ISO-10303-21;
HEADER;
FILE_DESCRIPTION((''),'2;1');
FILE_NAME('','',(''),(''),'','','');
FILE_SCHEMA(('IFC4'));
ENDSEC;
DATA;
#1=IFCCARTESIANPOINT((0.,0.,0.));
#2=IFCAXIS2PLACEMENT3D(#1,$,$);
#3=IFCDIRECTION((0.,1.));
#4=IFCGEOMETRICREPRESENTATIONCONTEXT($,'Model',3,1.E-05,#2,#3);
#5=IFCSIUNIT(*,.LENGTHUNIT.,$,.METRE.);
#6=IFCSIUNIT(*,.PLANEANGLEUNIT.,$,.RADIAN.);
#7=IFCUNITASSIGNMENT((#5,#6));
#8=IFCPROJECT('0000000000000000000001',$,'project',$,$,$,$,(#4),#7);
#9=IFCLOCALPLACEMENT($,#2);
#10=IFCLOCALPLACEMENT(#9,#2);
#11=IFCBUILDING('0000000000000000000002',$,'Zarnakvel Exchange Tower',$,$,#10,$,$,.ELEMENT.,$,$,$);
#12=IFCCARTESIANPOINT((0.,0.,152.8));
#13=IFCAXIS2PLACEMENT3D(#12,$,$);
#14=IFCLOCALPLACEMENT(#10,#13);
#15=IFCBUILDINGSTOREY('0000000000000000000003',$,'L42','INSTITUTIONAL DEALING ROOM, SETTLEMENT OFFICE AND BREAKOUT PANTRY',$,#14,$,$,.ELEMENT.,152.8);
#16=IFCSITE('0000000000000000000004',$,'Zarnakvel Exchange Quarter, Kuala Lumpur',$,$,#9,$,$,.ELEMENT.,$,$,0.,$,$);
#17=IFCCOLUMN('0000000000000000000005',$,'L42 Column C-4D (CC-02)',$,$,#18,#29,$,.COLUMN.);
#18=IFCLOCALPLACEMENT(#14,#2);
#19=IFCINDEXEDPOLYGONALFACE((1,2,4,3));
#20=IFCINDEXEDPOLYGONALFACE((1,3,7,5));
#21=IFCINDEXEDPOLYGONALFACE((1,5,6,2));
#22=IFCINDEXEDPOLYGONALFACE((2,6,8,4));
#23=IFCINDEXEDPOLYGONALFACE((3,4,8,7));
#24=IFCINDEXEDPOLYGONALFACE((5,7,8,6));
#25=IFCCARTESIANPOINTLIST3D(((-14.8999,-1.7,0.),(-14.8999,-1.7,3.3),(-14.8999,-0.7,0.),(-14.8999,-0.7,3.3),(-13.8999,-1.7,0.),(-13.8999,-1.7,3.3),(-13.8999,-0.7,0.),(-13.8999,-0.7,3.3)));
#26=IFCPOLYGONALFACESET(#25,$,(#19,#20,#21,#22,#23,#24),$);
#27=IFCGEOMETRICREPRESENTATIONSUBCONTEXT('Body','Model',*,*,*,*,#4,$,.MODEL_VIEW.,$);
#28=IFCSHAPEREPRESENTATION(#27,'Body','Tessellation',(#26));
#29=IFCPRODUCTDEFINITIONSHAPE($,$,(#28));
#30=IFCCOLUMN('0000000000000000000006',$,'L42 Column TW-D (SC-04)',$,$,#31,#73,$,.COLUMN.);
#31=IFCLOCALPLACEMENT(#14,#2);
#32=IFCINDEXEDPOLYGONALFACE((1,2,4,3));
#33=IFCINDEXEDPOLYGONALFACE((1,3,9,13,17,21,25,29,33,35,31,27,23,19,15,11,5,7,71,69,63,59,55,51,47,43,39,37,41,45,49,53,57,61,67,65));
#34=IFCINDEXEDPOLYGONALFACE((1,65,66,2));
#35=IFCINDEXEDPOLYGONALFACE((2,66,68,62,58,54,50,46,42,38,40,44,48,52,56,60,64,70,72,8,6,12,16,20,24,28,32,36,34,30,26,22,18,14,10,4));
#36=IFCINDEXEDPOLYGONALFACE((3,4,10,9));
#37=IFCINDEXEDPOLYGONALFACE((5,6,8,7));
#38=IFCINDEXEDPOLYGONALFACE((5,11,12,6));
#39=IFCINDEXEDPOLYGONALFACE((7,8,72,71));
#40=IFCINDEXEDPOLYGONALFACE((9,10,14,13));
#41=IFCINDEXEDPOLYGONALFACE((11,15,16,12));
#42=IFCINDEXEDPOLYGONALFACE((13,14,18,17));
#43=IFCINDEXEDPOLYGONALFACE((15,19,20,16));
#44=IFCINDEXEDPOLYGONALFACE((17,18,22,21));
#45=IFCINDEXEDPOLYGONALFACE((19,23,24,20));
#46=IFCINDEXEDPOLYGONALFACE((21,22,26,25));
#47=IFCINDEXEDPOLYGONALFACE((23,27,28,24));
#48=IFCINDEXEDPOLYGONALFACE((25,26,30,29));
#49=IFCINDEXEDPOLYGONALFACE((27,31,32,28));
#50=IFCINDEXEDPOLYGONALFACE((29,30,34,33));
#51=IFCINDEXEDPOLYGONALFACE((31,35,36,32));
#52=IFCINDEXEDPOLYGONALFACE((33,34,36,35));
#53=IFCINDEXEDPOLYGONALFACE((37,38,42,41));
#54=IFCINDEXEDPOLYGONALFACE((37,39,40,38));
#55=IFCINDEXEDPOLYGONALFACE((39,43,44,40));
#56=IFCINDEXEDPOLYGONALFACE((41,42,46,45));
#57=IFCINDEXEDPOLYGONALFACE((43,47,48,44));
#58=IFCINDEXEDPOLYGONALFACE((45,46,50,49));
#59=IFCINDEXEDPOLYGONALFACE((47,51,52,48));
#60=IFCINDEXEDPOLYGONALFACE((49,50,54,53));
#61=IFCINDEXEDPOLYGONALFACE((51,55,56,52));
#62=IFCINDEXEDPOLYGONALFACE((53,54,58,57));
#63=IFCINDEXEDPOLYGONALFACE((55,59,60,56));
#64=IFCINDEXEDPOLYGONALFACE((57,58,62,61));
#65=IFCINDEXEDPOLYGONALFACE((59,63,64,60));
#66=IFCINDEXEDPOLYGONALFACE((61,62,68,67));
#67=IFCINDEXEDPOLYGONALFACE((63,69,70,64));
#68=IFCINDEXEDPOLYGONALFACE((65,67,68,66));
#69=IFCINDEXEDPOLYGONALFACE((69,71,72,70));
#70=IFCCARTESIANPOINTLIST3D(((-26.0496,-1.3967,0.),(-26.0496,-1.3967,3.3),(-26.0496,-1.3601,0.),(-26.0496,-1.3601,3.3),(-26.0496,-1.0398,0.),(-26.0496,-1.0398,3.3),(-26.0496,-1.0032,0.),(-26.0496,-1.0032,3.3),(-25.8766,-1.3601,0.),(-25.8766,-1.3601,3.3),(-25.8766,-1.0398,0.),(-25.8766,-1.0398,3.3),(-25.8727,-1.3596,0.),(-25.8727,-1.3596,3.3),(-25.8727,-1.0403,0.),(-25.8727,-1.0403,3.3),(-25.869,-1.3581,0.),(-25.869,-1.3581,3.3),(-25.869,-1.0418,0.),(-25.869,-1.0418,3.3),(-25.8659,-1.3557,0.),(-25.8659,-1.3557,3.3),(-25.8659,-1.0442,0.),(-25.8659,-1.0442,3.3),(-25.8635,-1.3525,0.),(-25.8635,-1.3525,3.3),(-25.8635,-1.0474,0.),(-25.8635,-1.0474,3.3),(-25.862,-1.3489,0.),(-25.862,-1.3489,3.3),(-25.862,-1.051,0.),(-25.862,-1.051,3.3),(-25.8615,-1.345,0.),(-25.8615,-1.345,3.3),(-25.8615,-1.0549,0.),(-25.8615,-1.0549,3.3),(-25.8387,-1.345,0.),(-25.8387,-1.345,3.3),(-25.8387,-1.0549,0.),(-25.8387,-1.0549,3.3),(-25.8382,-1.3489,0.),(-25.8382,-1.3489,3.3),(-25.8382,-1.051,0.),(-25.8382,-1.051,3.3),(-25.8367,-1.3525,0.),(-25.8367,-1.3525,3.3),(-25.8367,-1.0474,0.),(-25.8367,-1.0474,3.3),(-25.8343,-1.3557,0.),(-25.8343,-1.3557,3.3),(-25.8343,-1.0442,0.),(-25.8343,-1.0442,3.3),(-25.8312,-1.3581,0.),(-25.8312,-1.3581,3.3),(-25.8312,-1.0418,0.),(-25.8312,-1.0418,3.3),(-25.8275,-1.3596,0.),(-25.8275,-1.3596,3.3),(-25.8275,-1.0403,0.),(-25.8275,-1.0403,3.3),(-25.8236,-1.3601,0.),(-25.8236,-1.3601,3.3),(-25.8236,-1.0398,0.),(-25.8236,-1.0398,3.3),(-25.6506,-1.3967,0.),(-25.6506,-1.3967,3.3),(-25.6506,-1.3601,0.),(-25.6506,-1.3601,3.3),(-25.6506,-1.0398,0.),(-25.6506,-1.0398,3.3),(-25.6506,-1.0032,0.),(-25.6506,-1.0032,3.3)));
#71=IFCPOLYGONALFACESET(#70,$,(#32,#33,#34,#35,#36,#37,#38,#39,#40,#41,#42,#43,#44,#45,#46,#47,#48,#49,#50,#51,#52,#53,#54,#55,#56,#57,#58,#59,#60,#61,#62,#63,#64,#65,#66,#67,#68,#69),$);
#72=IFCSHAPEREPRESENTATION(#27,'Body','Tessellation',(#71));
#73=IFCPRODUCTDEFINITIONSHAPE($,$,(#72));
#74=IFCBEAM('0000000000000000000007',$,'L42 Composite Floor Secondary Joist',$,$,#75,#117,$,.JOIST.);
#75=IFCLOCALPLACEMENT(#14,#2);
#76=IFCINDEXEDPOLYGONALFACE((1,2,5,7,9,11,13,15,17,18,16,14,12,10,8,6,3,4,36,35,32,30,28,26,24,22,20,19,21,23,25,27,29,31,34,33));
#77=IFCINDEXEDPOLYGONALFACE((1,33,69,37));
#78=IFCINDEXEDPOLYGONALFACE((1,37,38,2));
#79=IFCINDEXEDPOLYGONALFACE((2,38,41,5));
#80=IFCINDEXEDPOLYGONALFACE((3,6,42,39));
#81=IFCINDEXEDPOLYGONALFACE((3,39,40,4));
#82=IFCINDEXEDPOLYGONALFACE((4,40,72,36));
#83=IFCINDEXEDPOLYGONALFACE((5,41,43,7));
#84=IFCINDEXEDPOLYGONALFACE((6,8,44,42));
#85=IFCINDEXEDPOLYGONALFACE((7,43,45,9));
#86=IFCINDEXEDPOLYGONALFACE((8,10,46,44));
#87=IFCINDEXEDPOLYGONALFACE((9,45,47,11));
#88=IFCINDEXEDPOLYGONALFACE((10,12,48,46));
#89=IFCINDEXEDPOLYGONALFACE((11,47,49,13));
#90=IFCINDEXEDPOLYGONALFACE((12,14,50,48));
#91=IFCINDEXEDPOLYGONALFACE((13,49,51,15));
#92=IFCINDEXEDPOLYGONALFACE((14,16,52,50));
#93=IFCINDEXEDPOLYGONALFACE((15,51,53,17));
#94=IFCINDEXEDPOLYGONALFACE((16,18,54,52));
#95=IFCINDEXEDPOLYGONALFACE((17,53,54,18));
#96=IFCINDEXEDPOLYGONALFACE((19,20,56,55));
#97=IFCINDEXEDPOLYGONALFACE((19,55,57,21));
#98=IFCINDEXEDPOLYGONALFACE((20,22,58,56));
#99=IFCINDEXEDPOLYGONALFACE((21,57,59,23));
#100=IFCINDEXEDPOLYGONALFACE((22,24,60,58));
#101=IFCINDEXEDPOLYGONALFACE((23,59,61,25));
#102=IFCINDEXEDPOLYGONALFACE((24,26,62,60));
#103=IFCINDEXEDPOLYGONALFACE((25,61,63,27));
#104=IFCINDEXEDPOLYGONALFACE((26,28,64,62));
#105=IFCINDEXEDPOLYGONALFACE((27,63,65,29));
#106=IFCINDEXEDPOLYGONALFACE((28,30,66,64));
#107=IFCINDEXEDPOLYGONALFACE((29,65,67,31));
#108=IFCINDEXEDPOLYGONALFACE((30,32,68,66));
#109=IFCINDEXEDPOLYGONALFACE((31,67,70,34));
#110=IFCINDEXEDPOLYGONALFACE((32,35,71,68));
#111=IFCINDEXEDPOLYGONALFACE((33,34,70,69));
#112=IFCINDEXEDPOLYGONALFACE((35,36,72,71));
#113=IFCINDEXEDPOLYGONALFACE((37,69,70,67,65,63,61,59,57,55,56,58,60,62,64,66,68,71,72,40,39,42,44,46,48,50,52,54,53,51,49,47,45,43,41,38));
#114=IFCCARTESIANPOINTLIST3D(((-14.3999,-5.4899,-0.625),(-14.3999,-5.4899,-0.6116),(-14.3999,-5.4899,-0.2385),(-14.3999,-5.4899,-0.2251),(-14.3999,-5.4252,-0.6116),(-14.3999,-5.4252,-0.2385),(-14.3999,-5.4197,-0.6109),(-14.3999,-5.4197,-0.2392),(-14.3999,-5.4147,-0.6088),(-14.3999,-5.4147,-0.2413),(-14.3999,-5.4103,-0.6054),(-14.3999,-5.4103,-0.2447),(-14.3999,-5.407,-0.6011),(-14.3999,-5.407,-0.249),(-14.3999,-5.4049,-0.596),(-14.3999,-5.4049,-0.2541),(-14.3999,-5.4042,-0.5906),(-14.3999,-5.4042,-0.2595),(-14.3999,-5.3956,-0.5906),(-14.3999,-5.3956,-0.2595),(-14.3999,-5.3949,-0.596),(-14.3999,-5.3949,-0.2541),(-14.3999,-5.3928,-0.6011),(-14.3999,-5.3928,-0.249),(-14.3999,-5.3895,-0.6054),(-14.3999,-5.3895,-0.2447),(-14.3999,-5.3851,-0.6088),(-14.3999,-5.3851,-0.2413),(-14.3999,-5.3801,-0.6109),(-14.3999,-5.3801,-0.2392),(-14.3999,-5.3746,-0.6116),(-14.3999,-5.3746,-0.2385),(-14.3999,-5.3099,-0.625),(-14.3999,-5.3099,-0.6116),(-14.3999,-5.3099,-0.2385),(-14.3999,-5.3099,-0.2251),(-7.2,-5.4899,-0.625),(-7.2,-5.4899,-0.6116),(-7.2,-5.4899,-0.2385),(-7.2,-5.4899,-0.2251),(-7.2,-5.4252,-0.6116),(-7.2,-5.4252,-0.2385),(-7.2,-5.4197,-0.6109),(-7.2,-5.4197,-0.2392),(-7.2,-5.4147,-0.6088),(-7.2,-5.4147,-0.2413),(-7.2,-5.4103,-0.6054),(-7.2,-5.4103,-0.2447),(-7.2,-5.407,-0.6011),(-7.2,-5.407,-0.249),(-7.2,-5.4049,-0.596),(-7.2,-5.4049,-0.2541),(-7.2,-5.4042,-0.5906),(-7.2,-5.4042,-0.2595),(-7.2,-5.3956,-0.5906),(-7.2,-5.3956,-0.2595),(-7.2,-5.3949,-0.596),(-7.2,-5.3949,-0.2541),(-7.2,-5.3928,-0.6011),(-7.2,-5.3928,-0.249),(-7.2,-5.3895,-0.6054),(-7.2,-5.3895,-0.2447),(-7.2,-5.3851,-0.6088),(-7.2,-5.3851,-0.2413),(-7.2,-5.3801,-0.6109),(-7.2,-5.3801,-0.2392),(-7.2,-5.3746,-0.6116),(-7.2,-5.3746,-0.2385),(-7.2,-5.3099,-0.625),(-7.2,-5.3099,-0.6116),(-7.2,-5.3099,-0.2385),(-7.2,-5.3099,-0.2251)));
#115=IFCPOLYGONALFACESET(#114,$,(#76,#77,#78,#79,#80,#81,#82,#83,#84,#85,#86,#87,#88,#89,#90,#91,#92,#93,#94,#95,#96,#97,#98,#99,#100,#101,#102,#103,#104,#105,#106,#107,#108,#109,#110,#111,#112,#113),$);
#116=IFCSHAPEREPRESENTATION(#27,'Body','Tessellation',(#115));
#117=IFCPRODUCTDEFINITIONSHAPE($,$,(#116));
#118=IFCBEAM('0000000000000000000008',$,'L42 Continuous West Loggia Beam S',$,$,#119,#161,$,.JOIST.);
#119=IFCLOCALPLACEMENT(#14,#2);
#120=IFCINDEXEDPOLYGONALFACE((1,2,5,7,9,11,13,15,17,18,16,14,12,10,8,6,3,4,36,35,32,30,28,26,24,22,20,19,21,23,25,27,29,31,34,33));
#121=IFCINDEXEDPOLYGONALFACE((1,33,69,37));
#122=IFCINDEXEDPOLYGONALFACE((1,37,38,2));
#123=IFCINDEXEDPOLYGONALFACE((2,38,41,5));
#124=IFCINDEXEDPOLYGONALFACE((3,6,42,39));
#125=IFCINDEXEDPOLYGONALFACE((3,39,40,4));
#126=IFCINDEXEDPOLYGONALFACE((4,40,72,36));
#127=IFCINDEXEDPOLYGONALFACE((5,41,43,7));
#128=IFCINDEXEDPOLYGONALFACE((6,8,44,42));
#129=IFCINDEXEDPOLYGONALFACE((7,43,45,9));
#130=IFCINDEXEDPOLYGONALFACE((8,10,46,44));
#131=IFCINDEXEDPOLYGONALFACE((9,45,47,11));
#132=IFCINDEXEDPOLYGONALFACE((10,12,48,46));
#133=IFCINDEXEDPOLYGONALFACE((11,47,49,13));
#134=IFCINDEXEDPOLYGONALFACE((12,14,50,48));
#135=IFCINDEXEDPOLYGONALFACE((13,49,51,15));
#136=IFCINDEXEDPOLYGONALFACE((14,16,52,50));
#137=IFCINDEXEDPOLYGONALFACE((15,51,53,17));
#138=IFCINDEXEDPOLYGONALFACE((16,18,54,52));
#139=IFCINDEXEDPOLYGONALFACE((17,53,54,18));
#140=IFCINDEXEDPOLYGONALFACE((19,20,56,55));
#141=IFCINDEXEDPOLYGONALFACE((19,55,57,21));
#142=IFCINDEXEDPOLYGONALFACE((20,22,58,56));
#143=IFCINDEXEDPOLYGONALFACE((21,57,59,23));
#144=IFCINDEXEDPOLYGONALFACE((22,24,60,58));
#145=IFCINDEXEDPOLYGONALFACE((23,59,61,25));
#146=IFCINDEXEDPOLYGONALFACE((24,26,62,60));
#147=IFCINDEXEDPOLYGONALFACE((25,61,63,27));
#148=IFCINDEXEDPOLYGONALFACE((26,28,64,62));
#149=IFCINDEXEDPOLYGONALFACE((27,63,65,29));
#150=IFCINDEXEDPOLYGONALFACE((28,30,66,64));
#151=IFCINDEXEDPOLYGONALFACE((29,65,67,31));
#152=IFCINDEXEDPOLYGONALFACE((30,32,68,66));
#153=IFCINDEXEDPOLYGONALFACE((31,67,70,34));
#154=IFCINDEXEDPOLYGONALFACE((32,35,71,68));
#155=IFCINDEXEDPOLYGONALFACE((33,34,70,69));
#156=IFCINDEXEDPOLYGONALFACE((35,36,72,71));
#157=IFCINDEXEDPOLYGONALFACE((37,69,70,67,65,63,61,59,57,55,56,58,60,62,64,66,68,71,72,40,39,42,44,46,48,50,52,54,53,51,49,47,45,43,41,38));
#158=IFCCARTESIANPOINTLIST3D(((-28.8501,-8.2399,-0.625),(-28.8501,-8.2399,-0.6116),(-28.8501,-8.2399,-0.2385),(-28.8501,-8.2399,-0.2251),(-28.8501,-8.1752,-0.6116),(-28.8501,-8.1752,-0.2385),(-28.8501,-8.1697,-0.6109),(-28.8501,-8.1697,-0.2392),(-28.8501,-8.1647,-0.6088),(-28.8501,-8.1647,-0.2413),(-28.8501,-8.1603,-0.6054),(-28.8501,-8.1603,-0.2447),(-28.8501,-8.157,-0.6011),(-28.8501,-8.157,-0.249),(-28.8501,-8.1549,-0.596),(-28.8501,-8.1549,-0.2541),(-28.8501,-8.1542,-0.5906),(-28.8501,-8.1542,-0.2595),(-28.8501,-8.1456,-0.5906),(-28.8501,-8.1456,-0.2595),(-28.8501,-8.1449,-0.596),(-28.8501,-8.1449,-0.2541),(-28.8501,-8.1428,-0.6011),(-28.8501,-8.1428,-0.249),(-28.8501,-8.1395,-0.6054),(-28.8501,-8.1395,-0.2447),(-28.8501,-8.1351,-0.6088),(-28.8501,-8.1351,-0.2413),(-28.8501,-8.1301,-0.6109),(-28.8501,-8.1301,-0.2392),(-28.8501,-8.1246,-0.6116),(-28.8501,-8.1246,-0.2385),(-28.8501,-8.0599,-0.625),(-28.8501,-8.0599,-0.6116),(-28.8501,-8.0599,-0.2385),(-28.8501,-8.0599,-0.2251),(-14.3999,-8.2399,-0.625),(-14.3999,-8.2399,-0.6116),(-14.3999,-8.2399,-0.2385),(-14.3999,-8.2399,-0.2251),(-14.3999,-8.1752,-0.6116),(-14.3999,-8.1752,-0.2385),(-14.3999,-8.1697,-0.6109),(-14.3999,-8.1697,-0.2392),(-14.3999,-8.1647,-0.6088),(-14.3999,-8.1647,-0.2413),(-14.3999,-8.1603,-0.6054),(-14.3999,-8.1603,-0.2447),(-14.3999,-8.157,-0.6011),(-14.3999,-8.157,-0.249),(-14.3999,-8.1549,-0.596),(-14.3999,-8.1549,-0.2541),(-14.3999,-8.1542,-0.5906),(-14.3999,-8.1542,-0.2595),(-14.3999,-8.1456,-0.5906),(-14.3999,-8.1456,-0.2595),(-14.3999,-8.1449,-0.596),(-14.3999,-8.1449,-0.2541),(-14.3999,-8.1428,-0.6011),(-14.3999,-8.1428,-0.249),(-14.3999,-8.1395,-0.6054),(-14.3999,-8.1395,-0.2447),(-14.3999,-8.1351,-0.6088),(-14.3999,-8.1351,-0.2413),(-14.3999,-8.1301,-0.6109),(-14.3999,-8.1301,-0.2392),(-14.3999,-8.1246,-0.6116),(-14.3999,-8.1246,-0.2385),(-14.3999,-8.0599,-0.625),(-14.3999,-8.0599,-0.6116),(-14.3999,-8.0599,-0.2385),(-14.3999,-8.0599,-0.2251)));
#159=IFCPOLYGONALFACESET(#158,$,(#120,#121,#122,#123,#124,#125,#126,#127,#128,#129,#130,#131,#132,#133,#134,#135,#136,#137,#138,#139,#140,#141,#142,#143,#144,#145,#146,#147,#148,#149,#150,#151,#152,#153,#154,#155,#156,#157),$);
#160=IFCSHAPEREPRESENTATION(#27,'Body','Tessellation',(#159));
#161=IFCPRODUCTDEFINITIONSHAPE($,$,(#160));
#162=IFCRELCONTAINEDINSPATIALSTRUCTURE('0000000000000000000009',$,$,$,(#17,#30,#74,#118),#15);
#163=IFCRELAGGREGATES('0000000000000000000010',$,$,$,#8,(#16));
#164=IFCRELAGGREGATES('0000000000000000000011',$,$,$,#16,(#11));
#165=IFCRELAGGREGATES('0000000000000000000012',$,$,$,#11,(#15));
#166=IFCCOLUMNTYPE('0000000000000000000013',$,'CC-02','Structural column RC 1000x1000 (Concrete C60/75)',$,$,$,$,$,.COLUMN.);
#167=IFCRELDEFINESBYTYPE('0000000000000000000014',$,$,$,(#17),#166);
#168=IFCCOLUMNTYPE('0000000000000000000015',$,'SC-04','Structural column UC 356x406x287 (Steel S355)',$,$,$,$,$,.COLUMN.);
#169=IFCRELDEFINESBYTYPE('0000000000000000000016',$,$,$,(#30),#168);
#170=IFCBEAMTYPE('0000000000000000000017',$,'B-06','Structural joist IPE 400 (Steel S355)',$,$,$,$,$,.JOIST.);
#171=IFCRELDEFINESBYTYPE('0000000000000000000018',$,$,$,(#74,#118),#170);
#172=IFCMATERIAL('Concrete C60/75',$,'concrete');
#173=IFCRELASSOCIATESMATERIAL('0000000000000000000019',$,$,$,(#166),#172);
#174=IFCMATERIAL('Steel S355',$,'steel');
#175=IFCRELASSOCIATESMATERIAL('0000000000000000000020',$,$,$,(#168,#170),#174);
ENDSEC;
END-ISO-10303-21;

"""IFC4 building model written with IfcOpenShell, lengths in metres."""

from ifc_helpers import new_model, si_unit, direction, frame, origin, origin_2d, place, context, subcontext, project, spatial, rectangle, i_section, extrude, material, material_profile, profile_set, type_object, element, save


model = new_model("IFC4")

# Units and contexts
model_context = context("Model", 3, precision=1e-05, world=origin(), true_north=direction((0.0, 1.0)))
body_context = subcontext(model_context, "Body", "Model", "MODEL_VIEW")
ifc_project = project(units=[si_unit("LENGTHUNIT", "METRE"), si_unit("PLANEANGLEUNIT", "RADIAN")], contexts=[model_context])

# Site, building, storey
site_placement = place(None, origin())
site = spatial("IfcSite", under=ifc_project, at=site_placement, Name="Zarnakvel Exchange Quarter, Kuala Lumpur", CompositionType="ELEMENT", RefElevation=0.0)
building_placement = place(site_placement, origin())
building = spatial("IfcBuilding", under=site, at=building_placement, Name="Zarnakvel Exchange Tower", CompositionType="ELEMENT")
storey_placement = place(building_placement, frame((0.0, 0.0, 152.8)))
storey = spatial("IfcBuildingStorey", under=building, at=storey_placement, Name="L42", Description="INSTITUTIONAL DEALING ROOM, SETTLEMENT OFFICE AND BREAKOUT PANTRY", CompositionType="ELEMENT", Elevation=152.8)

# Columns
ifc_material_1 = material(Name="Concrete C60/75", Category="concrete")
ifc_material_profile_1 = material_profile(ifc_material_1, rectangle(XDim=1.0, YDim=1.0, at=origin_2d()))
ifc_profile_set_1 = profile_set([ifc_material_profile_1], Name="Concrete C60/75")
column_type_1 = type_object("IfcColumnType", Name="CC-02", Description="Structural column RC 1000x1000 (Concrete C60/75)", PredefinedType="COLUMN", material=ifc_profile_set_1)
column_1_placement = place(storey_placement, frame((-14.3999, -1.2, 0.0), z_axis=(0.0, 0.0, 1.0), x_axis=(1.0, 0.0, 0.0)))
element("IfcColumn", 1, at=column_1_placement, inside=storey, type_object=column_type_1, Name="L42 Column C-4D (CC-02)", PredefinedType="COLUMN", context=body_context, shape_type="SweptSolid", body=[
    extrude(rectangle(XDim=1.0, YDim=1.0, at=origin_2d()), origin(), (0.0, 0.0, 1.0), 3.3),
])
ifc_material_2 = material(Name="Steel S355", Category="steel")
ifc_material_profile_2 = material_profile(ifc_material_2, i_section(OverallWidth=0.3989, OverallDepth=0.3936, WebThickness=0.0227, FlangeThickness=0.0366, FilletRadius=0.0151, at=origin_2d()))
ifc_profile_set_2 = profile_set([ifc_material_profile_2], Name="Steel S355")
column_type_2 = type_object("IfcColumnType", Name="SC-04", Description="Structural column UC 356x406x287 (Steel S355)", PredefinedType="COLUMN", material=ifc_profile_set_2)
column_2_placement = place(storey_placement, frame((-25.8501, -1.2, 0.0), z_axis=(0.0, 0.0, 1.0), x_axis=(1.0, 0.0, 0.0)))
element("IfcColumn", 2, at=column_2_placement, inside=storey, type_object=column_type_2, Name="L42 Column TW-D (SC-04)", PredefinedType="COLUMN", context=body_context, shape_type="SweptSolid", body=[
    extrude(i_section(OverallWidth=0.3989, OverallDepth=0.3936, WebThickness=0.0227, FlangeThickness=0.0366, FilletRadius=0.0151, at=origin_2d()), origin(), (0.0, 0.0, 1.0), 3.3),
])

# Beams
ifc_material_profile_3 = material_profile(ifc_material_2, i_section(OverallWidth=0.1799, OverallDepth=0.3999, WebThickness=0.0085, FlangeThickness=0.0134, FilletRadius=0.021, at=origin_2d()))
ifc_profile_set_3 = profile_set([ifc_material_profile_3], Name="Steel S355")
beam_type_1 = type_object("IfcBeamType", Name="B-06", Description="Structural joist IPE 400 (Steel S355)", PredefinedType="JOIST", material=ifc_profile_set_3)
beam_1_placement = place(storey_placement, frame((-14.3999, -5.3999, -0.425), z_axis=(1.0, 0.0, 0.0), x_axis=(0.0, 1.0, 0.0)))
element("IfcBeam", 3, at=beam_1_placement, inside=storey, type_object=beam_type_1, Name="L42 Composite Floor Secondary Joist", PredefinedType="JOIST", context=body_context, shape_type="SweptSolid", body=[
    extrude(i_section(OverallWidth=0.1799, OverallDepth=0.3999, WebThickness=0.0085, FlangeThickness=0.0134, FilletRadius=0.021, at=origin_2d()), origin(), (0.0, 0.0, 1.0), 7.2),
])
for number, where, z_axis, x_axis, name in (
    (4, (-14.3999, -8.1499, -0.425), (-1.0, 0.0, 0.0), (0.0, -1.0, 0.0), "L42 Continuous West Loggia Beam S"),
):
    element("IfcBeam", number, at=place(storey_placement, frame(where, z_axis=z_axis, x_axis=x_axis)), inside=storey, type_object=beam_type_1, Name=name, PredefinedType="JOIST", context=body_context, shape_type="SweptSolid", body=[
        extrude(i_section(OverallWidth=0.1799, OverallDepth=0.3999, WebThickness=0.0085, FlangeThickness=0.0134, FilletRadius=0.021, at=origin_2d()), origin(), (0.0, 0.0, 1.0), 14.4502),
    ])

save(model, "model.ifc")
